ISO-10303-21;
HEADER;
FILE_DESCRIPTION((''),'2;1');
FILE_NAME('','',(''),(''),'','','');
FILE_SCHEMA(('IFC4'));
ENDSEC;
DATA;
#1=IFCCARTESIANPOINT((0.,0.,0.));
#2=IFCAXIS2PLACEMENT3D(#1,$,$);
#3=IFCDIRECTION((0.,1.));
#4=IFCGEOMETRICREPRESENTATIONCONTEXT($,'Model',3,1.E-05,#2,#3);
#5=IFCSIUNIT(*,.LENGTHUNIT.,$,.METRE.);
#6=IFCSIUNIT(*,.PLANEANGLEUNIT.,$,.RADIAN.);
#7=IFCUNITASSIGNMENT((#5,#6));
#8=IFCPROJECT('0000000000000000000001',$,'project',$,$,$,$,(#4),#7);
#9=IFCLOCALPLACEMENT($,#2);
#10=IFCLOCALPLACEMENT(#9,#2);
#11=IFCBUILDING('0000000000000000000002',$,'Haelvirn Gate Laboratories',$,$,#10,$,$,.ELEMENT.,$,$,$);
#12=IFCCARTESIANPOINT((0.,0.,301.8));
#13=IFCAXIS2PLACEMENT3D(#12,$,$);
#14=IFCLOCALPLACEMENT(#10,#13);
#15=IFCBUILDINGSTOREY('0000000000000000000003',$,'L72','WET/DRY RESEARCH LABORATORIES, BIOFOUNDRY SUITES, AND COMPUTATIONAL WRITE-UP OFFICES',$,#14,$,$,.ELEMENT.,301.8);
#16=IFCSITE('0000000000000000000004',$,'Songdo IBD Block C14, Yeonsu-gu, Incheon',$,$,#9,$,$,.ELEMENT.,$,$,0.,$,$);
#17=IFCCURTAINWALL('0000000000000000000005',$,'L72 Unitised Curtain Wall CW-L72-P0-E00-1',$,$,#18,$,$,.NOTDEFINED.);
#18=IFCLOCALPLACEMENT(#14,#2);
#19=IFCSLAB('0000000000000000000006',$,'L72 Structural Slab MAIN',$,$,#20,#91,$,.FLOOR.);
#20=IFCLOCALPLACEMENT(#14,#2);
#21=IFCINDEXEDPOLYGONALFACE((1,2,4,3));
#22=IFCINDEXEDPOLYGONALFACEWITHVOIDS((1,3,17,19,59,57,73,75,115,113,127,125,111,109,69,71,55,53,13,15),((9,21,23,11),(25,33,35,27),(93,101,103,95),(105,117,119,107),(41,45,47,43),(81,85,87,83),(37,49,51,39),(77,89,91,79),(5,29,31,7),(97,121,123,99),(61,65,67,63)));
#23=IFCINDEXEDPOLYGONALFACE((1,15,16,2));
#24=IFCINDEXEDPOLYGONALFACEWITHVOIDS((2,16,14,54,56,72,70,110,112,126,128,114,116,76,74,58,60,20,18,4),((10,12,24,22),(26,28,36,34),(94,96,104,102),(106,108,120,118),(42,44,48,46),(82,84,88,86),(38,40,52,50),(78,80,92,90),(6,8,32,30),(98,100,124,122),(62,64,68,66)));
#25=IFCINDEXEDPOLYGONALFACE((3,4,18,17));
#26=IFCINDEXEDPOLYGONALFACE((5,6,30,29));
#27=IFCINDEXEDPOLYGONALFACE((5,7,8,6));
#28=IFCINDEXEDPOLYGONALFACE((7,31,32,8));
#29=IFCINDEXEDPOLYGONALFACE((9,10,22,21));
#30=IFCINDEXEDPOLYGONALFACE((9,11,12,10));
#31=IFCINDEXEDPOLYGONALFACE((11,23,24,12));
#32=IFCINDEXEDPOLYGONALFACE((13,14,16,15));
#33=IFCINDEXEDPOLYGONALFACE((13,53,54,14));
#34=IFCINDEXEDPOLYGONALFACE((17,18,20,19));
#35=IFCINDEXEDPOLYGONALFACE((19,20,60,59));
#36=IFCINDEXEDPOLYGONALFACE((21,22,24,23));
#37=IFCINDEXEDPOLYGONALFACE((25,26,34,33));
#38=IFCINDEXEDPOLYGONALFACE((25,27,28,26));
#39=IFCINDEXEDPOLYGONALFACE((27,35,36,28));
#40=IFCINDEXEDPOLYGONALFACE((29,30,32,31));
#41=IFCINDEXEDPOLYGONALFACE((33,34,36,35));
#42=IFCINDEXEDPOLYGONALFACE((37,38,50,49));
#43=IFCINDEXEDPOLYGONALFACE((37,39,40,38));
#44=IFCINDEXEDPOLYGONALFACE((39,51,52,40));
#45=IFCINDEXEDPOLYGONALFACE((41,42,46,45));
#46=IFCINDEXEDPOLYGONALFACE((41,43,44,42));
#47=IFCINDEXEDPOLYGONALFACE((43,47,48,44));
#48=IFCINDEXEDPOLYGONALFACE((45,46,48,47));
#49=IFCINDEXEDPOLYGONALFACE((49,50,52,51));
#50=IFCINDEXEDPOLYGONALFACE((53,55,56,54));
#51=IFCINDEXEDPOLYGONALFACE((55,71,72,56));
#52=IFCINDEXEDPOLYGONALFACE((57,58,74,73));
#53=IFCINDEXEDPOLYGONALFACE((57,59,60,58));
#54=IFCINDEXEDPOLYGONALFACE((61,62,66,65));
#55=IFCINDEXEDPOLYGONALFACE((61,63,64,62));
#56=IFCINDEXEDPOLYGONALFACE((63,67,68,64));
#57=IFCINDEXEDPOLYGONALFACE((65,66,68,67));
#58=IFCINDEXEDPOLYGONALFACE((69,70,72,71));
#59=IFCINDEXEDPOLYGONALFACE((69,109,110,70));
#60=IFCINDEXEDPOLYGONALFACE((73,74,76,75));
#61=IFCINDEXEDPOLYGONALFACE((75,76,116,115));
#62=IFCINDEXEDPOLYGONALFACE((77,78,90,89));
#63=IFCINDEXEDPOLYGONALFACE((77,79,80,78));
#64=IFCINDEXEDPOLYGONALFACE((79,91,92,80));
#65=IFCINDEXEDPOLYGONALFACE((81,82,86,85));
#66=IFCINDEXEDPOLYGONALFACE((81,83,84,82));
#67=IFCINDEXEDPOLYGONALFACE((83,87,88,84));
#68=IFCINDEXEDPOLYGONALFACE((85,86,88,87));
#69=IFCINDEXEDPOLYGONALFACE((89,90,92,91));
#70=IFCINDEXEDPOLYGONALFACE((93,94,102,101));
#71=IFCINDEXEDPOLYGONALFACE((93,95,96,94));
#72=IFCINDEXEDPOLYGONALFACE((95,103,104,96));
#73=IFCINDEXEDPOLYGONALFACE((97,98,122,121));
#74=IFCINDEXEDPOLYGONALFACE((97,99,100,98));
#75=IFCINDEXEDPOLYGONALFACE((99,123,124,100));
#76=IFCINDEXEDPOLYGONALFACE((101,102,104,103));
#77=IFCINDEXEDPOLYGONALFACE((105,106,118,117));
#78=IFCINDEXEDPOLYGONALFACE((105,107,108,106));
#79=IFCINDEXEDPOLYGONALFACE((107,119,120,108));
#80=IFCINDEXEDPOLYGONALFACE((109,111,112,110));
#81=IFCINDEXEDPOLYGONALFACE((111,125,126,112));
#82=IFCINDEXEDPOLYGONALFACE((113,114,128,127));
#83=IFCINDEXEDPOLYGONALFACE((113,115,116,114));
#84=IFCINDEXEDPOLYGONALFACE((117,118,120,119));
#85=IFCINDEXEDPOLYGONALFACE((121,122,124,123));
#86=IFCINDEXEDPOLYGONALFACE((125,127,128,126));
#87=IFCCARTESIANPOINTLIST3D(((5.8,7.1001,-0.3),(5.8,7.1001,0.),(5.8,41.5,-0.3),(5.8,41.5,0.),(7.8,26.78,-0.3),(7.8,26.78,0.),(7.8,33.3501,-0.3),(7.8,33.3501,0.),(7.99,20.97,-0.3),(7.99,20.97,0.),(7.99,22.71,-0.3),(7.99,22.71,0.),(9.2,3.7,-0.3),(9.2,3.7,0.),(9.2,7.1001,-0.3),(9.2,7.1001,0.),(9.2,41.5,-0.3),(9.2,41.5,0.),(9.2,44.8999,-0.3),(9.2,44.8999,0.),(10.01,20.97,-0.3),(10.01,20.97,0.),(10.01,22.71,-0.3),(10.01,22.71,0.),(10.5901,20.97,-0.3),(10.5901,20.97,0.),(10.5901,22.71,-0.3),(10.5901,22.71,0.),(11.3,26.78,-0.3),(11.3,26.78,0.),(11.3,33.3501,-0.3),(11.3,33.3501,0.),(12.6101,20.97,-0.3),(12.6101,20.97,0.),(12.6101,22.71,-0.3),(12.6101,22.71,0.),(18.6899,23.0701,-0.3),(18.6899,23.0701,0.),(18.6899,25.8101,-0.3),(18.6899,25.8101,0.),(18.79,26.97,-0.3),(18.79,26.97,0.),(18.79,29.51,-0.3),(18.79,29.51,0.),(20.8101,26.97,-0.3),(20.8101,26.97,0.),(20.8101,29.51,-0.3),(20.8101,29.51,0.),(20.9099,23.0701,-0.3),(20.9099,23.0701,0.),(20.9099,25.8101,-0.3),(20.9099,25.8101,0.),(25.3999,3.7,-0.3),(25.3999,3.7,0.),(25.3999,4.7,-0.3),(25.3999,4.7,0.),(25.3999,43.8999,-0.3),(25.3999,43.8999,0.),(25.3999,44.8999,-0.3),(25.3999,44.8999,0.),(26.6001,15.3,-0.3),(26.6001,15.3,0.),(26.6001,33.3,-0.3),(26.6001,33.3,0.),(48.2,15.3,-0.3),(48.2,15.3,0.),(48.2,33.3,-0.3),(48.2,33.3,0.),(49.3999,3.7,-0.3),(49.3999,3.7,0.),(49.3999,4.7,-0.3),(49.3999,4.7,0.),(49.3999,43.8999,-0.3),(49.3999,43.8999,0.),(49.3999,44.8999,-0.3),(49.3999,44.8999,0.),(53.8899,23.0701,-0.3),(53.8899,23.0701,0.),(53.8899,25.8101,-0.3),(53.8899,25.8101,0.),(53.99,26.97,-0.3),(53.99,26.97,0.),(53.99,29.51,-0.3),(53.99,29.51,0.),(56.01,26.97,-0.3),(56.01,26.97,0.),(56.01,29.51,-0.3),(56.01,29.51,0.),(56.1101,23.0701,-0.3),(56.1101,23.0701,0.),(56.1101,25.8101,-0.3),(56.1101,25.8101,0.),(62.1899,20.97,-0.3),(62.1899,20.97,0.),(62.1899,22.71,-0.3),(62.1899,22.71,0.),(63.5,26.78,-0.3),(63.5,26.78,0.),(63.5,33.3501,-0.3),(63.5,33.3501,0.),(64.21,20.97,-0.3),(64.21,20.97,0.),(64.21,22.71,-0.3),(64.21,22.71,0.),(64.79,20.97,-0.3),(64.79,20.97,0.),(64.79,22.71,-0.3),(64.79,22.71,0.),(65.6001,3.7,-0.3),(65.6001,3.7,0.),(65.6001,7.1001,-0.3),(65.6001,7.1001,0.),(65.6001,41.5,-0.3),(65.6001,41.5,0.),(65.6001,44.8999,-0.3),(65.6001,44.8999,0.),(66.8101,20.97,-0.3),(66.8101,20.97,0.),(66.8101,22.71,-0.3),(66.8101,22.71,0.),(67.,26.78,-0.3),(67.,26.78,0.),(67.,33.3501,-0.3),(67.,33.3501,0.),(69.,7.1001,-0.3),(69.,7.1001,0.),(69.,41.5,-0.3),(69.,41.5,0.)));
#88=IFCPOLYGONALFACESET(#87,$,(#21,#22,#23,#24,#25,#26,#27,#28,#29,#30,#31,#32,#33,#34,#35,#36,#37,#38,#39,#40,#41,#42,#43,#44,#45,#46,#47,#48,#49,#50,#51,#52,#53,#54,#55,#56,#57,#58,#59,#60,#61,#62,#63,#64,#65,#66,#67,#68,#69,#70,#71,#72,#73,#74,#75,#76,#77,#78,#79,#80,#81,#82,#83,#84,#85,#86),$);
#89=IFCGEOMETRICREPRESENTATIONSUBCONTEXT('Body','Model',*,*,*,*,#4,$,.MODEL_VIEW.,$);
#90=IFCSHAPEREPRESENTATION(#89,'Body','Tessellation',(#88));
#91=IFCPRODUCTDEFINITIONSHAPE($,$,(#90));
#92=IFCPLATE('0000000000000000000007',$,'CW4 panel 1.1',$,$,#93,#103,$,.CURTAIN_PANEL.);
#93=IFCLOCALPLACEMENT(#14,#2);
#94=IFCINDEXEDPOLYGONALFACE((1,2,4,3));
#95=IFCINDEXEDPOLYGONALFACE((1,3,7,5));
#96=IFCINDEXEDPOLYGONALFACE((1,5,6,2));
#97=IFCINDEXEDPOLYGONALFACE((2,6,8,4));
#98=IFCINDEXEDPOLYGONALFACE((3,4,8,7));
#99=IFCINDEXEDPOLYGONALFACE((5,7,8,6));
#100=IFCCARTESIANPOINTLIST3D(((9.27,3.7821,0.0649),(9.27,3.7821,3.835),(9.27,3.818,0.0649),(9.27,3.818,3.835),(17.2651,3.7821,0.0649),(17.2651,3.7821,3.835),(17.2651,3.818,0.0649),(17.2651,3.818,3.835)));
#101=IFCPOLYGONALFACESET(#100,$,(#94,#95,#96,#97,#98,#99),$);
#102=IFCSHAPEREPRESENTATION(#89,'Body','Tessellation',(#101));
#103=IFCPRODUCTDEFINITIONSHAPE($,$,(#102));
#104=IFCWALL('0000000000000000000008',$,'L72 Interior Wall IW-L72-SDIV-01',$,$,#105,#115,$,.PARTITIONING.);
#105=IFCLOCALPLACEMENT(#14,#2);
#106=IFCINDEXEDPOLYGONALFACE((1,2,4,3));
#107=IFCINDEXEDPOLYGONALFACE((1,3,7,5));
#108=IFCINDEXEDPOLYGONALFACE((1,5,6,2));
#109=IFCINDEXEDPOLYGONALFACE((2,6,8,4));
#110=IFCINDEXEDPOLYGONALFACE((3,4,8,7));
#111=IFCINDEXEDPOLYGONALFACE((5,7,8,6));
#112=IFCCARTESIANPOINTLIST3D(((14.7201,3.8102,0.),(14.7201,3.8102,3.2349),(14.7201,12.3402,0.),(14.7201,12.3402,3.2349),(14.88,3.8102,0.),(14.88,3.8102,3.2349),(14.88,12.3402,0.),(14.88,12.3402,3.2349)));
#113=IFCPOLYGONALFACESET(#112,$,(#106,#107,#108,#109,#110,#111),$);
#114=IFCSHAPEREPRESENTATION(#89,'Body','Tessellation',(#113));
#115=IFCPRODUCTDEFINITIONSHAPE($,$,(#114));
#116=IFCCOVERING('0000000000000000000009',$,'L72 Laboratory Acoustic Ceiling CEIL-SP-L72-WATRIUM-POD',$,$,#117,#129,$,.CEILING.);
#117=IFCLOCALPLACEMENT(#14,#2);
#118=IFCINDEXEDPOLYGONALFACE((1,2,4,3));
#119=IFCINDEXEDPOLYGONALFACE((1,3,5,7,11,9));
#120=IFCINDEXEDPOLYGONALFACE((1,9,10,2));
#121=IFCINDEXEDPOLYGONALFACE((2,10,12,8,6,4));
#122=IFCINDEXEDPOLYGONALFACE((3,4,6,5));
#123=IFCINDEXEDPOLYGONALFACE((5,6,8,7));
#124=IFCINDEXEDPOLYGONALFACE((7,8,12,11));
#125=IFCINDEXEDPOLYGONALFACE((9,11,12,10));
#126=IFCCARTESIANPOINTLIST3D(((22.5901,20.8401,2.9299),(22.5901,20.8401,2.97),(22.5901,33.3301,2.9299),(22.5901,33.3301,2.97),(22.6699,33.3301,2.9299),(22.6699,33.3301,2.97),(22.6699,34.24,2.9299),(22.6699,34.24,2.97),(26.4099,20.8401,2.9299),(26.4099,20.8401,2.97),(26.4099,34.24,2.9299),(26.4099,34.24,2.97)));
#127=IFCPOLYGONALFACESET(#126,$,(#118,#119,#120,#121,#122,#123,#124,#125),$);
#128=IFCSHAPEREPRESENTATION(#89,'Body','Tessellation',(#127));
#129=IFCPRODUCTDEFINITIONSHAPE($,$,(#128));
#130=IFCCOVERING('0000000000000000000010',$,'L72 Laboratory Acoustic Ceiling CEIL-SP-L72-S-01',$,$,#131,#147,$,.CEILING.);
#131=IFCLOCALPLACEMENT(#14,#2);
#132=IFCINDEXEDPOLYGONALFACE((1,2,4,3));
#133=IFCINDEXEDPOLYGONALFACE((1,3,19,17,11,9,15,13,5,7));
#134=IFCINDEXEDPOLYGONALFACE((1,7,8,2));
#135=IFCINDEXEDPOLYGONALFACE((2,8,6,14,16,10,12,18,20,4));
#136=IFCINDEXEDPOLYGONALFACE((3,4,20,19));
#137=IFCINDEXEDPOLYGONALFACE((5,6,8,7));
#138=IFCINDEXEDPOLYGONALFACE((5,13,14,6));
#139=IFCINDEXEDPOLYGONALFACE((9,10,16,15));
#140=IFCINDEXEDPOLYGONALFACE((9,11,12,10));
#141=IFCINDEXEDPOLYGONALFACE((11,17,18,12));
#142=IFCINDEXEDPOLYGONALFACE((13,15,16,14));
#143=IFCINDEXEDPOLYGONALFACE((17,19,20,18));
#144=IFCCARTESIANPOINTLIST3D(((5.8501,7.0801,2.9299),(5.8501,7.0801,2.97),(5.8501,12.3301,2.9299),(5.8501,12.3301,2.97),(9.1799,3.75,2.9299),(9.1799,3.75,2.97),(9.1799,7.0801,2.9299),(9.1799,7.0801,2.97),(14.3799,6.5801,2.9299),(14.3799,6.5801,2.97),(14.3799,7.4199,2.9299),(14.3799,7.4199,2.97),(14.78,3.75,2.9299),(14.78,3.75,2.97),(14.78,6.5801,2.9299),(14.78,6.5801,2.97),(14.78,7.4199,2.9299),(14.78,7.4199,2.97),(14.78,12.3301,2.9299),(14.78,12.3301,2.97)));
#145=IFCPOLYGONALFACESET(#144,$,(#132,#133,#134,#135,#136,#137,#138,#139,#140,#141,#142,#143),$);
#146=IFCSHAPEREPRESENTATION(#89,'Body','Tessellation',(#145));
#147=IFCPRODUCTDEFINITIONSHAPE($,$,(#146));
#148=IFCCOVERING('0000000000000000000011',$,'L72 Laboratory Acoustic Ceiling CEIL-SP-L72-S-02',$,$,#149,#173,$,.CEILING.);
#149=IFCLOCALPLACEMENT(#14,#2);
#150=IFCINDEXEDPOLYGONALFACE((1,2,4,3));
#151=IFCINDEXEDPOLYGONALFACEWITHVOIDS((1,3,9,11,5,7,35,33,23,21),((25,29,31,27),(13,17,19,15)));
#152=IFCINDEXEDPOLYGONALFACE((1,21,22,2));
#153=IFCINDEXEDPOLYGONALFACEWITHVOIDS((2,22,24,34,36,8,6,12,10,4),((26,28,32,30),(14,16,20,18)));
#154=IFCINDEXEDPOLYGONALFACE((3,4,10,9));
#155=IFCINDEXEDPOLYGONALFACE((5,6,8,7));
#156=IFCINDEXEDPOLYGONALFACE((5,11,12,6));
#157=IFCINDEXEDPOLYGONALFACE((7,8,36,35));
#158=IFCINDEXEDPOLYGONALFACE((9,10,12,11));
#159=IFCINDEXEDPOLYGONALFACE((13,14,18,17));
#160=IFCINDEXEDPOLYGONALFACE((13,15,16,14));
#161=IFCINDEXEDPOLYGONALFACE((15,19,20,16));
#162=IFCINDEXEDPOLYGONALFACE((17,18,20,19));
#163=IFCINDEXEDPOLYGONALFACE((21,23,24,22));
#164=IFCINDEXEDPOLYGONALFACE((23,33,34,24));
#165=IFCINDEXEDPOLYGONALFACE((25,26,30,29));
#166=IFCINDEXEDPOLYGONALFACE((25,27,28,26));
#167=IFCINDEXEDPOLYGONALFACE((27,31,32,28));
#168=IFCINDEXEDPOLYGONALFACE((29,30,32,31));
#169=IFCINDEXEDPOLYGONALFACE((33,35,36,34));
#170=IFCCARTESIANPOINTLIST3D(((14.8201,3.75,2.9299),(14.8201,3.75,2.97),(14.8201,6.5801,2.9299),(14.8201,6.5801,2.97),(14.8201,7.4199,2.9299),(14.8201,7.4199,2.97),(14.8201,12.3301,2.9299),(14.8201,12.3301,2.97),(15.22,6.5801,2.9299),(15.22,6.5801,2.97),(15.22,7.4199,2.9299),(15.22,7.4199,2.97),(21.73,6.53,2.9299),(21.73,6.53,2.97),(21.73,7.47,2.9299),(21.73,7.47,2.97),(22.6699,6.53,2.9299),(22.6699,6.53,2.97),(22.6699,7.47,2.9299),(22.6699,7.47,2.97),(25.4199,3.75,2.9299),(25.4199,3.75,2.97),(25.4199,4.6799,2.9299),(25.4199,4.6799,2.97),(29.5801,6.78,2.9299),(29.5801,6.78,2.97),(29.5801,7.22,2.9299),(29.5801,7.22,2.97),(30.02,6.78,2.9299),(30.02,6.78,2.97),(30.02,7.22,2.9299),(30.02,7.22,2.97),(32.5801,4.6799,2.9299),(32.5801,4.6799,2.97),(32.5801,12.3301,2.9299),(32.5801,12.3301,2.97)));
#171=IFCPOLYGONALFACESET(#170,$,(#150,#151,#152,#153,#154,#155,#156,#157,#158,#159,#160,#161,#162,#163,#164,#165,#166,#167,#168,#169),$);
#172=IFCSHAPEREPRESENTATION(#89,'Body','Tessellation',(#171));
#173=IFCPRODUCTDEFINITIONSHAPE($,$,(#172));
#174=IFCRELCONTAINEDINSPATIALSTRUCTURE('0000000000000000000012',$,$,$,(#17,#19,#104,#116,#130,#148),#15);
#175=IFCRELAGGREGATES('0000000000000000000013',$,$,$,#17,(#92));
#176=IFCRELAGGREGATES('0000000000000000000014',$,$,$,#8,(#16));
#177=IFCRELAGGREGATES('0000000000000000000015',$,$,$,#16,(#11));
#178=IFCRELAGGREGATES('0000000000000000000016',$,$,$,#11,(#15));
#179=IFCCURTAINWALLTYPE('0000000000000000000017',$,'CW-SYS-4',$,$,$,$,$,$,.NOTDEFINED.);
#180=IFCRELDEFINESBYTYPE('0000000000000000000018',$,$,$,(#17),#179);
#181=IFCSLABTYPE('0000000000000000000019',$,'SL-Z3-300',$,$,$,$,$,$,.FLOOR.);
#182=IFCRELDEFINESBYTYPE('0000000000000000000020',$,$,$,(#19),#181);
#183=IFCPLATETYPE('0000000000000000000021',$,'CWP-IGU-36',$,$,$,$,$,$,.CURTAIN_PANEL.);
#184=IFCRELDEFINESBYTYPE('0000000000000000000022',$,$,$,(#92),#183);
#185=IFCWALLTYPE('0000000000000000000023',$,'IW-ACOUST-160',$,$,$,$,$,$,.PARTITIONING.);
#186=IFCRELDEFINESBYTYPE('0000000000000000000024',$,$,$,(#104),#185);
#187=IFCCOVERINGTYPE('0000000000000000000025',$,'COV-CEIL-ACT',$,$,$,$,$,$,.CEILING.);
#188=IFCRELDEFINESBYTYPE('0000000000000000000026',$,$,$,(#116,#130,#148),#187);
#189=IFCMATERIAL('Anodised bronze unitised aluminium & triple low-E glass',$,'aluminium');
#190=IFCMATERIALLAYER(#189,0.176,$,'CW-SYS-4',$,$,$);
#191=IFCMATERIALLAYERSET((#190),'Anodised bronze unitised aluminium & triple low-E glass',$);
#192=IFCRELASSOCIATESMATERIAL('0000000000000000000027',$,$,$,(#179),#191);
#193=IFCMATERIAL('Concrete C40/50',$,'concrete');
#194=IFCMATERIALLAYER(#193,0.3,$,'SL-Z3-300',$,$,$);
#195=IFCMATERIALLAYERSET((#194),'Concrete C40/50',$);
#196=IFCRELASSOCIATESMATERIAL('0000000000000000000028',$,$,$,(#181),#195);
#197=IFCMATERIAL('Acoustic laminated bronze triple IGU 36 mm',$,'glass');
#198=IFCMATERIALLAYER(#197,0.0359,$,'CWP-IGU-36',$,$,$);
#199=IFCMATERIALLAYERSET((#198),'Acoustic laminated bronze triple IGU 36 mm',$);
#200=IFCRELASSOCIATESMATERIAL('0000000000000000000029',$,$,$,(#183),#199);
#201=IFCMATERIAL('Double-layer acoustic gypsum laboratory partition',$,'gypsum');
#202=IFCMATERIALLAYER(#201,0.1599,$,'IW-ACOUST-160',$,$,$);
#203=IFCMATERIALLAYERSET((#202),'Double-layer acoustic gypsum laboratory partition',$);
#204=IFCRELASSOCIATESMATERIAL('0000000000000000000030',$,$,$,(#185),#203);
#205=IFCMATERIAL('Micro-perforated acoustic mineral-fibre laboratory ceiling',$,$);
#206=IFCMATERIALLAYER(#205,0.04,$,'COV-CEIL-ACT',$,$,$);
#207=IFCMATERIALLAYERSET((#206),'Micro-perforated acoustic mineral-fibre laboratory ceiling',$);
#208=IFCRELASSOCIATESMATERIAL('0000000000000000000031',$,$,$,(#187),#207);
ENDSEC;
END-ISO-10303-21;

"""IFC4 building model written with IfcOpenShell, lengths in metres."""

from ifc_helpers import new_model, si_unit, direction, frame, frame_2d, origin, origin_2d, place, context, subcontext, project, spatial, polyline, rectangle, outline, extrude, source, transform, mapped, material, layer, layer_set, type_object, type_shapes, element, aggregate, save


model = new_model("IFC4")

# Units and contexts
model_context = context("Model", 3, precision=1e-05, world=origin(), true_north=direction((0.0, 1.0)))
body_context = subcontext(model_context, "Body", "Model", "MODEL_VIEW")
ifc_project = project(units=[si_unit("LENGTHUNIT", "METRE"), si_unit("PLANEANGLEUNIT", "RADIAN")], contexts=[model_context])

# Site, building, storey
site_placement = place(None, origin())
site = spatial("IfcSite", under=ifc_project, at=site_placement, Name="Songdo IBD Block C14, Yeonsu-gu, Incheon", CompositionType="ELEMENT", RefElevation=0.0)
building_placement = place(site_placement, origin())
building = spatial("IfcBuilding", under=site, at=building_placement, Name="Haelvirn Gate Laboratories", CompositionType="ELEMENT")
storey_placement = place(building_placement, frame((0.0, 0.0, 301.8)))
storey = spatial("IfcBuildingStorey", under=building, at=storey_placement, Name="L72", Description="WET/DRY RESEARCH LABORATORIES, BIOFOUNDRY SUITES, AND COMPUTATIONAL WRITE-UP OFFICES", CompositionType="ELEMENT", Elevation=301.8)

# Curtain wall
ifc_material_1 = material(Name="Anodised bronze unitised aluminium & triple low-E glass", Category="aluminium")
ifc_layer_1 = layer(ifc_material_1, 0.176, Name="CW-SYS-4")
ifc_layer_set_1 = layer_set([ifc_layer_1], Name="Anodised bronze unitised aluminium & triple low-E glass")
curtain_wall_type = type_object("IfcCurtainWallType", Name="CW-SYS-4", PredefinedType="NOTDEFINED", material=ifc_layer_set_1)
curtain_wall_placement = place(storey_placement, origin())
curtain_wall = element("IfcCurtainWall", 1, at=curtain_wall_placement, inside=storey, type_object=curtain_wall_type, Name="L72 Unitised Curtain Wall CW-L72-P0-E00-1", PredefinedType="NOTDEFINED")

# Shared definitions
ifc_material_2 = material(Name="Concrete C40/50", Category="concrete")

# Slab
ifc_layer_2 = layer(ifc_material_2, 0.3, Name="SL-Z3-300")
ifc_layer_set_2 = layer_set([ifc_layer_2], Name="Concrete C40/50")
slab_type_1 = type_object("IfcSlabType", Name="SL-Z3-300", PredefinedType="FLOOR", material=ifc_layer_set_2)
slab_1_placement = place(storey_placement, frame((0.0, 0.0, -0.3)))
element("IfcSlab", 2, at=slab_1_placement, inside=storey, type_object=slab_type_1, Name="L72 Structural Slab MAIN", PredefinedType="FLOOR", context=body_context, shape_type="SweptSolid", body=[
    extrude(outline(polyline([(9.2, 3.7), (25.3999, 3.7), (25.3999, 4.7), (49.3999, 4.7), (49.3999, 3.7), (65.6001, 3.7), (65.6001, 7.1001), (69.0, 7.1001), (69.0, 41.5), (65.6001, 41.5), (65.6001, 44.8999), (49.3999, 44.8999), (49.3999, 43.8999), (25.3999, 43.8999), (25.3999, 44.8999), (9.2, 44.8999), (9.2, 41.5), (5.8, 41.5), (5.8, 7.1001), (9.2, 7.1001), (9.2, 3.7)]), holes=[polyline([(26.6001, 15.3), (48.2, 15.3), (48.2, 33.3), (26.6001, 33.3), (26.6001, 15.3)]), polyline([(11.3, 26.78), (11.3, 33.3501), (7.8, 33.3501), (7.8, 26.78), (11.3, 26.78)]), polyline([(67.0, 26.78), (67.0, 33.3501), (63.5, 33.3501), (63.5, 26.78), (67.0, 26.78)]), polyline([(7.99, 20.97), (10.01, 20.97), (10.01, 22.71), (7.99, 22.71), (7.99, 20.97)]), polyline([(10.5901, 20.97), (12.6101, 20.97), (12.6101, 22.71), (10.5901, 22.71), (10.5901, 20.97)]), polyline([(18.79, 26.97), (20.8101, 26.97), (20.8101, 29.51), (18.79, 29.51), (18.79, 26.97)]), polyline([(18.6899, 23.0701), (20.9099, 23.0701), (20.9099, 25.8101), (18.6899, 25.8101), (18.6899, 23.0701)]), polyline([(64.79, 20.97), (66.8101, 20.97), (66.8101, 22.71), (64.79, 22.71), (64.79, 20.97)]), polyline([(62.1899, 20.97), (64.21, 20.97), (64.21, 22.71), (62.1899, 22.71), (62.1899, 20.97)]), polyline([(53.99, 26.97), (56.01, 26.97), (56.01, 29.51), (53.99, 29.51), (53.99, 26.97)]), polyline([(53.8899, 23.0701), (56.1101, 23.0701), (56.1101, 25.8101), (53.8899, 25.8101), (53.8899, 23.0701)])]), origin(), (0.0, 0.0, 1.0), 0.3),
])

# Plate
ifc_material_3 = material(Name="Acoustic laminated bronze triple IGU 36 mm", Category="glass")
ifc_layer_3 = layer(ifc_material_3, 0.0359, Name="CWP-IGU-36")
ifc_layer_set_3 = layer_set([ifc_layer_3], Name="Acoustic laminated bronze triple IGU 36 mm")
plate_type = type_object("IfcPlateType", Name="CWP-IGU-36", PredefinedType="CURTAIN_PANEL", material=ifc_layer_set_3)
shared_shape_1 = source(origin(), body_context, "Body", "SweptSolid", [
    extrude(rectangle(XDim=7.9951, YDim=0.0359, at=origin_2d()), origin(), (0.0, 0.0, 1.0), 3.77),
])
type_shapes(plate_type, [shared_shape_1])
plate_placement = place(storey_placement, frame((13.2676, 3.8, 0.0649), z_axis=(0.0, 0.0, 1.0), x_axis=(1.0, 0.0, 0.0)))
plate = element("IfcPlate", 3, at=plate_placement, type_object=plate_type, Name="CW4 panel 1.1", PredefinedType="CURTAIN_PANEL", context=body_context, shape_type="MappedRepresentation", body=[
    mapped(shared_shape_1, transform((0.0, 0.0, 0.0), scale=1.0)),
])
aggregate(curtain_wall, [plate])

# Wall
ifc_material_4 = material(Name="Double-layer acoustic gypsum laboratory partition", Category="gypsum")
ifc_layer_4 = layer(ifc_material_4, 0.1599, Name="IW-ACOUST-160")
ifc_layer_set_4 = layer_set([ifc_layer_4], Name="Double-layer acoustic gypsum laboratory partition")
wall_type = type_object("IfcWallType", Name="IW-ACOUST-160", PredefinedType="PARTITIONING", material=ifc_layer_set_4)
wall_placement = place(storey_placement, frame((14.8, 3.8101, 0.0), z_axis=(0.0, 0.0, 1.0), x_axis=(0.0, 1.0, 0.0)))
element("IfcWall", 4, at=wall_placement, inside=storey, type_object=wall_type, Name="L72 Interior Wall IW-L72-SDIV-01", PredefinedType="PARTITIONING", context=body_context, shape_type="SweptSolid", body=[
    extrude(rectangle(XDim=8.53, YDim=0.1599, at=frame_2d((4.2651, 0.0))), origin(), (0.0, 0.0, 1.0), 3.2349),
])

# Coverings
ifc_material_5 = material(Name="Micro-perforated acoustic mineral-fibre laboratory ceiling")
ifc_layer_5 = layer(ifc_material_5, 0.04, Name="COV-CEIL-ACT")
ifc_layer_set_5 = layer_set([ifc_layer_5], Name="Micro-perforated acoustic mineral-fibre laboratory ceiling")
covering_type = type_object("IfcCoveringType", Name="COV-CEIL-ACT", PredefinedType="CEILING", material=ifc_layer_set_5)
covering_1_placement = place(storey_placement, frame((0.0, 0.0, 2.9299)))
element("IfcCovering", 5, at=covering_1_placement, inside=storey, type_object=covering_type, Name="L72 Laboratory Acoustic Ceiling CEIL-SP-L72-WATRIUM-POD", PredefinedType="CEILING", context=body_context, shape_type="SweptSolid", body=[
    extrude(outline(polyline([(26.4099, 34.24), (26.4099, 20.8401), (22.5901, 20.8401), (22.5901, 33.3301), (22.6699, 33.3301), (22.6699, 34.24), (26.4099, 34.24)])), origin(), (0.0, 0.0, 1.0), 0.04),
])
covering_2_placement = place(storey_placement, frame((0.0, 0.0, 2.9299)))
element("IfcCovering", 6, at=covering_2_placement, inside=storey, type_object=covering_type, Name="L72 Laboratory Acoustic Ceiling CEIL-SP-L72-S-01", PredefinedType="CEILING", context=body_context, shape_type="SweptSolid", body=[
    extrude(outline(polyline([(5.8501, 7.0801), (5.8501, 12.3301), (14.78, 12.3301), (14.78, 7.4199), (14.3799, 7.4199), (14.3799, 6.5801), (14.78, 6.5801), (14.78, 3.75), (9.1799, 3.75), (9.1799, 7.0801), (5.8501, 7.0801)])), origin(), (0.0, 0.0, 1.0), 0.04),
])
covering_3_placement = place(storey_placement, frame((0.0, 0.0, 2.9299)))
element("IfcCovering", 7, at=covering_3_placement, inside=storey, type_object=covering_type, Name="L72 Laboratory Acoustic Ceiling CEIL-SP-L72-S-02", PredefinedType="CEILING", context=body_context, shape_type="SweptSolid", body=[
    extrude(outline(polyline([(32.5801, 4.6799), (25.4199, 4.6799), (25.4199, 3.75), (14.8201, 3.75), (14.8201, 6.5801), (15.22, 6.5801), (15.22, 7.4199), (14.8201, 7.4199), (14.8201, 12.3301), (32.5801, 12.3301), (32.5801, 4.6799)]), holes=[polyline([(21.73, 7.47), (21.73, 6.53), (22.6699, 6.53), (22.6699, 7.47), (21.73, 7.47)]), polyline([(30.02, 7.22), (29.5801, 7.22), (29.5801, 6.78), (30.02, 6.78), (30.02, 7.22)])]), origin(), (0.0, 0.0, 1.0), 0.04),
])

save(model, "model.ifc")
